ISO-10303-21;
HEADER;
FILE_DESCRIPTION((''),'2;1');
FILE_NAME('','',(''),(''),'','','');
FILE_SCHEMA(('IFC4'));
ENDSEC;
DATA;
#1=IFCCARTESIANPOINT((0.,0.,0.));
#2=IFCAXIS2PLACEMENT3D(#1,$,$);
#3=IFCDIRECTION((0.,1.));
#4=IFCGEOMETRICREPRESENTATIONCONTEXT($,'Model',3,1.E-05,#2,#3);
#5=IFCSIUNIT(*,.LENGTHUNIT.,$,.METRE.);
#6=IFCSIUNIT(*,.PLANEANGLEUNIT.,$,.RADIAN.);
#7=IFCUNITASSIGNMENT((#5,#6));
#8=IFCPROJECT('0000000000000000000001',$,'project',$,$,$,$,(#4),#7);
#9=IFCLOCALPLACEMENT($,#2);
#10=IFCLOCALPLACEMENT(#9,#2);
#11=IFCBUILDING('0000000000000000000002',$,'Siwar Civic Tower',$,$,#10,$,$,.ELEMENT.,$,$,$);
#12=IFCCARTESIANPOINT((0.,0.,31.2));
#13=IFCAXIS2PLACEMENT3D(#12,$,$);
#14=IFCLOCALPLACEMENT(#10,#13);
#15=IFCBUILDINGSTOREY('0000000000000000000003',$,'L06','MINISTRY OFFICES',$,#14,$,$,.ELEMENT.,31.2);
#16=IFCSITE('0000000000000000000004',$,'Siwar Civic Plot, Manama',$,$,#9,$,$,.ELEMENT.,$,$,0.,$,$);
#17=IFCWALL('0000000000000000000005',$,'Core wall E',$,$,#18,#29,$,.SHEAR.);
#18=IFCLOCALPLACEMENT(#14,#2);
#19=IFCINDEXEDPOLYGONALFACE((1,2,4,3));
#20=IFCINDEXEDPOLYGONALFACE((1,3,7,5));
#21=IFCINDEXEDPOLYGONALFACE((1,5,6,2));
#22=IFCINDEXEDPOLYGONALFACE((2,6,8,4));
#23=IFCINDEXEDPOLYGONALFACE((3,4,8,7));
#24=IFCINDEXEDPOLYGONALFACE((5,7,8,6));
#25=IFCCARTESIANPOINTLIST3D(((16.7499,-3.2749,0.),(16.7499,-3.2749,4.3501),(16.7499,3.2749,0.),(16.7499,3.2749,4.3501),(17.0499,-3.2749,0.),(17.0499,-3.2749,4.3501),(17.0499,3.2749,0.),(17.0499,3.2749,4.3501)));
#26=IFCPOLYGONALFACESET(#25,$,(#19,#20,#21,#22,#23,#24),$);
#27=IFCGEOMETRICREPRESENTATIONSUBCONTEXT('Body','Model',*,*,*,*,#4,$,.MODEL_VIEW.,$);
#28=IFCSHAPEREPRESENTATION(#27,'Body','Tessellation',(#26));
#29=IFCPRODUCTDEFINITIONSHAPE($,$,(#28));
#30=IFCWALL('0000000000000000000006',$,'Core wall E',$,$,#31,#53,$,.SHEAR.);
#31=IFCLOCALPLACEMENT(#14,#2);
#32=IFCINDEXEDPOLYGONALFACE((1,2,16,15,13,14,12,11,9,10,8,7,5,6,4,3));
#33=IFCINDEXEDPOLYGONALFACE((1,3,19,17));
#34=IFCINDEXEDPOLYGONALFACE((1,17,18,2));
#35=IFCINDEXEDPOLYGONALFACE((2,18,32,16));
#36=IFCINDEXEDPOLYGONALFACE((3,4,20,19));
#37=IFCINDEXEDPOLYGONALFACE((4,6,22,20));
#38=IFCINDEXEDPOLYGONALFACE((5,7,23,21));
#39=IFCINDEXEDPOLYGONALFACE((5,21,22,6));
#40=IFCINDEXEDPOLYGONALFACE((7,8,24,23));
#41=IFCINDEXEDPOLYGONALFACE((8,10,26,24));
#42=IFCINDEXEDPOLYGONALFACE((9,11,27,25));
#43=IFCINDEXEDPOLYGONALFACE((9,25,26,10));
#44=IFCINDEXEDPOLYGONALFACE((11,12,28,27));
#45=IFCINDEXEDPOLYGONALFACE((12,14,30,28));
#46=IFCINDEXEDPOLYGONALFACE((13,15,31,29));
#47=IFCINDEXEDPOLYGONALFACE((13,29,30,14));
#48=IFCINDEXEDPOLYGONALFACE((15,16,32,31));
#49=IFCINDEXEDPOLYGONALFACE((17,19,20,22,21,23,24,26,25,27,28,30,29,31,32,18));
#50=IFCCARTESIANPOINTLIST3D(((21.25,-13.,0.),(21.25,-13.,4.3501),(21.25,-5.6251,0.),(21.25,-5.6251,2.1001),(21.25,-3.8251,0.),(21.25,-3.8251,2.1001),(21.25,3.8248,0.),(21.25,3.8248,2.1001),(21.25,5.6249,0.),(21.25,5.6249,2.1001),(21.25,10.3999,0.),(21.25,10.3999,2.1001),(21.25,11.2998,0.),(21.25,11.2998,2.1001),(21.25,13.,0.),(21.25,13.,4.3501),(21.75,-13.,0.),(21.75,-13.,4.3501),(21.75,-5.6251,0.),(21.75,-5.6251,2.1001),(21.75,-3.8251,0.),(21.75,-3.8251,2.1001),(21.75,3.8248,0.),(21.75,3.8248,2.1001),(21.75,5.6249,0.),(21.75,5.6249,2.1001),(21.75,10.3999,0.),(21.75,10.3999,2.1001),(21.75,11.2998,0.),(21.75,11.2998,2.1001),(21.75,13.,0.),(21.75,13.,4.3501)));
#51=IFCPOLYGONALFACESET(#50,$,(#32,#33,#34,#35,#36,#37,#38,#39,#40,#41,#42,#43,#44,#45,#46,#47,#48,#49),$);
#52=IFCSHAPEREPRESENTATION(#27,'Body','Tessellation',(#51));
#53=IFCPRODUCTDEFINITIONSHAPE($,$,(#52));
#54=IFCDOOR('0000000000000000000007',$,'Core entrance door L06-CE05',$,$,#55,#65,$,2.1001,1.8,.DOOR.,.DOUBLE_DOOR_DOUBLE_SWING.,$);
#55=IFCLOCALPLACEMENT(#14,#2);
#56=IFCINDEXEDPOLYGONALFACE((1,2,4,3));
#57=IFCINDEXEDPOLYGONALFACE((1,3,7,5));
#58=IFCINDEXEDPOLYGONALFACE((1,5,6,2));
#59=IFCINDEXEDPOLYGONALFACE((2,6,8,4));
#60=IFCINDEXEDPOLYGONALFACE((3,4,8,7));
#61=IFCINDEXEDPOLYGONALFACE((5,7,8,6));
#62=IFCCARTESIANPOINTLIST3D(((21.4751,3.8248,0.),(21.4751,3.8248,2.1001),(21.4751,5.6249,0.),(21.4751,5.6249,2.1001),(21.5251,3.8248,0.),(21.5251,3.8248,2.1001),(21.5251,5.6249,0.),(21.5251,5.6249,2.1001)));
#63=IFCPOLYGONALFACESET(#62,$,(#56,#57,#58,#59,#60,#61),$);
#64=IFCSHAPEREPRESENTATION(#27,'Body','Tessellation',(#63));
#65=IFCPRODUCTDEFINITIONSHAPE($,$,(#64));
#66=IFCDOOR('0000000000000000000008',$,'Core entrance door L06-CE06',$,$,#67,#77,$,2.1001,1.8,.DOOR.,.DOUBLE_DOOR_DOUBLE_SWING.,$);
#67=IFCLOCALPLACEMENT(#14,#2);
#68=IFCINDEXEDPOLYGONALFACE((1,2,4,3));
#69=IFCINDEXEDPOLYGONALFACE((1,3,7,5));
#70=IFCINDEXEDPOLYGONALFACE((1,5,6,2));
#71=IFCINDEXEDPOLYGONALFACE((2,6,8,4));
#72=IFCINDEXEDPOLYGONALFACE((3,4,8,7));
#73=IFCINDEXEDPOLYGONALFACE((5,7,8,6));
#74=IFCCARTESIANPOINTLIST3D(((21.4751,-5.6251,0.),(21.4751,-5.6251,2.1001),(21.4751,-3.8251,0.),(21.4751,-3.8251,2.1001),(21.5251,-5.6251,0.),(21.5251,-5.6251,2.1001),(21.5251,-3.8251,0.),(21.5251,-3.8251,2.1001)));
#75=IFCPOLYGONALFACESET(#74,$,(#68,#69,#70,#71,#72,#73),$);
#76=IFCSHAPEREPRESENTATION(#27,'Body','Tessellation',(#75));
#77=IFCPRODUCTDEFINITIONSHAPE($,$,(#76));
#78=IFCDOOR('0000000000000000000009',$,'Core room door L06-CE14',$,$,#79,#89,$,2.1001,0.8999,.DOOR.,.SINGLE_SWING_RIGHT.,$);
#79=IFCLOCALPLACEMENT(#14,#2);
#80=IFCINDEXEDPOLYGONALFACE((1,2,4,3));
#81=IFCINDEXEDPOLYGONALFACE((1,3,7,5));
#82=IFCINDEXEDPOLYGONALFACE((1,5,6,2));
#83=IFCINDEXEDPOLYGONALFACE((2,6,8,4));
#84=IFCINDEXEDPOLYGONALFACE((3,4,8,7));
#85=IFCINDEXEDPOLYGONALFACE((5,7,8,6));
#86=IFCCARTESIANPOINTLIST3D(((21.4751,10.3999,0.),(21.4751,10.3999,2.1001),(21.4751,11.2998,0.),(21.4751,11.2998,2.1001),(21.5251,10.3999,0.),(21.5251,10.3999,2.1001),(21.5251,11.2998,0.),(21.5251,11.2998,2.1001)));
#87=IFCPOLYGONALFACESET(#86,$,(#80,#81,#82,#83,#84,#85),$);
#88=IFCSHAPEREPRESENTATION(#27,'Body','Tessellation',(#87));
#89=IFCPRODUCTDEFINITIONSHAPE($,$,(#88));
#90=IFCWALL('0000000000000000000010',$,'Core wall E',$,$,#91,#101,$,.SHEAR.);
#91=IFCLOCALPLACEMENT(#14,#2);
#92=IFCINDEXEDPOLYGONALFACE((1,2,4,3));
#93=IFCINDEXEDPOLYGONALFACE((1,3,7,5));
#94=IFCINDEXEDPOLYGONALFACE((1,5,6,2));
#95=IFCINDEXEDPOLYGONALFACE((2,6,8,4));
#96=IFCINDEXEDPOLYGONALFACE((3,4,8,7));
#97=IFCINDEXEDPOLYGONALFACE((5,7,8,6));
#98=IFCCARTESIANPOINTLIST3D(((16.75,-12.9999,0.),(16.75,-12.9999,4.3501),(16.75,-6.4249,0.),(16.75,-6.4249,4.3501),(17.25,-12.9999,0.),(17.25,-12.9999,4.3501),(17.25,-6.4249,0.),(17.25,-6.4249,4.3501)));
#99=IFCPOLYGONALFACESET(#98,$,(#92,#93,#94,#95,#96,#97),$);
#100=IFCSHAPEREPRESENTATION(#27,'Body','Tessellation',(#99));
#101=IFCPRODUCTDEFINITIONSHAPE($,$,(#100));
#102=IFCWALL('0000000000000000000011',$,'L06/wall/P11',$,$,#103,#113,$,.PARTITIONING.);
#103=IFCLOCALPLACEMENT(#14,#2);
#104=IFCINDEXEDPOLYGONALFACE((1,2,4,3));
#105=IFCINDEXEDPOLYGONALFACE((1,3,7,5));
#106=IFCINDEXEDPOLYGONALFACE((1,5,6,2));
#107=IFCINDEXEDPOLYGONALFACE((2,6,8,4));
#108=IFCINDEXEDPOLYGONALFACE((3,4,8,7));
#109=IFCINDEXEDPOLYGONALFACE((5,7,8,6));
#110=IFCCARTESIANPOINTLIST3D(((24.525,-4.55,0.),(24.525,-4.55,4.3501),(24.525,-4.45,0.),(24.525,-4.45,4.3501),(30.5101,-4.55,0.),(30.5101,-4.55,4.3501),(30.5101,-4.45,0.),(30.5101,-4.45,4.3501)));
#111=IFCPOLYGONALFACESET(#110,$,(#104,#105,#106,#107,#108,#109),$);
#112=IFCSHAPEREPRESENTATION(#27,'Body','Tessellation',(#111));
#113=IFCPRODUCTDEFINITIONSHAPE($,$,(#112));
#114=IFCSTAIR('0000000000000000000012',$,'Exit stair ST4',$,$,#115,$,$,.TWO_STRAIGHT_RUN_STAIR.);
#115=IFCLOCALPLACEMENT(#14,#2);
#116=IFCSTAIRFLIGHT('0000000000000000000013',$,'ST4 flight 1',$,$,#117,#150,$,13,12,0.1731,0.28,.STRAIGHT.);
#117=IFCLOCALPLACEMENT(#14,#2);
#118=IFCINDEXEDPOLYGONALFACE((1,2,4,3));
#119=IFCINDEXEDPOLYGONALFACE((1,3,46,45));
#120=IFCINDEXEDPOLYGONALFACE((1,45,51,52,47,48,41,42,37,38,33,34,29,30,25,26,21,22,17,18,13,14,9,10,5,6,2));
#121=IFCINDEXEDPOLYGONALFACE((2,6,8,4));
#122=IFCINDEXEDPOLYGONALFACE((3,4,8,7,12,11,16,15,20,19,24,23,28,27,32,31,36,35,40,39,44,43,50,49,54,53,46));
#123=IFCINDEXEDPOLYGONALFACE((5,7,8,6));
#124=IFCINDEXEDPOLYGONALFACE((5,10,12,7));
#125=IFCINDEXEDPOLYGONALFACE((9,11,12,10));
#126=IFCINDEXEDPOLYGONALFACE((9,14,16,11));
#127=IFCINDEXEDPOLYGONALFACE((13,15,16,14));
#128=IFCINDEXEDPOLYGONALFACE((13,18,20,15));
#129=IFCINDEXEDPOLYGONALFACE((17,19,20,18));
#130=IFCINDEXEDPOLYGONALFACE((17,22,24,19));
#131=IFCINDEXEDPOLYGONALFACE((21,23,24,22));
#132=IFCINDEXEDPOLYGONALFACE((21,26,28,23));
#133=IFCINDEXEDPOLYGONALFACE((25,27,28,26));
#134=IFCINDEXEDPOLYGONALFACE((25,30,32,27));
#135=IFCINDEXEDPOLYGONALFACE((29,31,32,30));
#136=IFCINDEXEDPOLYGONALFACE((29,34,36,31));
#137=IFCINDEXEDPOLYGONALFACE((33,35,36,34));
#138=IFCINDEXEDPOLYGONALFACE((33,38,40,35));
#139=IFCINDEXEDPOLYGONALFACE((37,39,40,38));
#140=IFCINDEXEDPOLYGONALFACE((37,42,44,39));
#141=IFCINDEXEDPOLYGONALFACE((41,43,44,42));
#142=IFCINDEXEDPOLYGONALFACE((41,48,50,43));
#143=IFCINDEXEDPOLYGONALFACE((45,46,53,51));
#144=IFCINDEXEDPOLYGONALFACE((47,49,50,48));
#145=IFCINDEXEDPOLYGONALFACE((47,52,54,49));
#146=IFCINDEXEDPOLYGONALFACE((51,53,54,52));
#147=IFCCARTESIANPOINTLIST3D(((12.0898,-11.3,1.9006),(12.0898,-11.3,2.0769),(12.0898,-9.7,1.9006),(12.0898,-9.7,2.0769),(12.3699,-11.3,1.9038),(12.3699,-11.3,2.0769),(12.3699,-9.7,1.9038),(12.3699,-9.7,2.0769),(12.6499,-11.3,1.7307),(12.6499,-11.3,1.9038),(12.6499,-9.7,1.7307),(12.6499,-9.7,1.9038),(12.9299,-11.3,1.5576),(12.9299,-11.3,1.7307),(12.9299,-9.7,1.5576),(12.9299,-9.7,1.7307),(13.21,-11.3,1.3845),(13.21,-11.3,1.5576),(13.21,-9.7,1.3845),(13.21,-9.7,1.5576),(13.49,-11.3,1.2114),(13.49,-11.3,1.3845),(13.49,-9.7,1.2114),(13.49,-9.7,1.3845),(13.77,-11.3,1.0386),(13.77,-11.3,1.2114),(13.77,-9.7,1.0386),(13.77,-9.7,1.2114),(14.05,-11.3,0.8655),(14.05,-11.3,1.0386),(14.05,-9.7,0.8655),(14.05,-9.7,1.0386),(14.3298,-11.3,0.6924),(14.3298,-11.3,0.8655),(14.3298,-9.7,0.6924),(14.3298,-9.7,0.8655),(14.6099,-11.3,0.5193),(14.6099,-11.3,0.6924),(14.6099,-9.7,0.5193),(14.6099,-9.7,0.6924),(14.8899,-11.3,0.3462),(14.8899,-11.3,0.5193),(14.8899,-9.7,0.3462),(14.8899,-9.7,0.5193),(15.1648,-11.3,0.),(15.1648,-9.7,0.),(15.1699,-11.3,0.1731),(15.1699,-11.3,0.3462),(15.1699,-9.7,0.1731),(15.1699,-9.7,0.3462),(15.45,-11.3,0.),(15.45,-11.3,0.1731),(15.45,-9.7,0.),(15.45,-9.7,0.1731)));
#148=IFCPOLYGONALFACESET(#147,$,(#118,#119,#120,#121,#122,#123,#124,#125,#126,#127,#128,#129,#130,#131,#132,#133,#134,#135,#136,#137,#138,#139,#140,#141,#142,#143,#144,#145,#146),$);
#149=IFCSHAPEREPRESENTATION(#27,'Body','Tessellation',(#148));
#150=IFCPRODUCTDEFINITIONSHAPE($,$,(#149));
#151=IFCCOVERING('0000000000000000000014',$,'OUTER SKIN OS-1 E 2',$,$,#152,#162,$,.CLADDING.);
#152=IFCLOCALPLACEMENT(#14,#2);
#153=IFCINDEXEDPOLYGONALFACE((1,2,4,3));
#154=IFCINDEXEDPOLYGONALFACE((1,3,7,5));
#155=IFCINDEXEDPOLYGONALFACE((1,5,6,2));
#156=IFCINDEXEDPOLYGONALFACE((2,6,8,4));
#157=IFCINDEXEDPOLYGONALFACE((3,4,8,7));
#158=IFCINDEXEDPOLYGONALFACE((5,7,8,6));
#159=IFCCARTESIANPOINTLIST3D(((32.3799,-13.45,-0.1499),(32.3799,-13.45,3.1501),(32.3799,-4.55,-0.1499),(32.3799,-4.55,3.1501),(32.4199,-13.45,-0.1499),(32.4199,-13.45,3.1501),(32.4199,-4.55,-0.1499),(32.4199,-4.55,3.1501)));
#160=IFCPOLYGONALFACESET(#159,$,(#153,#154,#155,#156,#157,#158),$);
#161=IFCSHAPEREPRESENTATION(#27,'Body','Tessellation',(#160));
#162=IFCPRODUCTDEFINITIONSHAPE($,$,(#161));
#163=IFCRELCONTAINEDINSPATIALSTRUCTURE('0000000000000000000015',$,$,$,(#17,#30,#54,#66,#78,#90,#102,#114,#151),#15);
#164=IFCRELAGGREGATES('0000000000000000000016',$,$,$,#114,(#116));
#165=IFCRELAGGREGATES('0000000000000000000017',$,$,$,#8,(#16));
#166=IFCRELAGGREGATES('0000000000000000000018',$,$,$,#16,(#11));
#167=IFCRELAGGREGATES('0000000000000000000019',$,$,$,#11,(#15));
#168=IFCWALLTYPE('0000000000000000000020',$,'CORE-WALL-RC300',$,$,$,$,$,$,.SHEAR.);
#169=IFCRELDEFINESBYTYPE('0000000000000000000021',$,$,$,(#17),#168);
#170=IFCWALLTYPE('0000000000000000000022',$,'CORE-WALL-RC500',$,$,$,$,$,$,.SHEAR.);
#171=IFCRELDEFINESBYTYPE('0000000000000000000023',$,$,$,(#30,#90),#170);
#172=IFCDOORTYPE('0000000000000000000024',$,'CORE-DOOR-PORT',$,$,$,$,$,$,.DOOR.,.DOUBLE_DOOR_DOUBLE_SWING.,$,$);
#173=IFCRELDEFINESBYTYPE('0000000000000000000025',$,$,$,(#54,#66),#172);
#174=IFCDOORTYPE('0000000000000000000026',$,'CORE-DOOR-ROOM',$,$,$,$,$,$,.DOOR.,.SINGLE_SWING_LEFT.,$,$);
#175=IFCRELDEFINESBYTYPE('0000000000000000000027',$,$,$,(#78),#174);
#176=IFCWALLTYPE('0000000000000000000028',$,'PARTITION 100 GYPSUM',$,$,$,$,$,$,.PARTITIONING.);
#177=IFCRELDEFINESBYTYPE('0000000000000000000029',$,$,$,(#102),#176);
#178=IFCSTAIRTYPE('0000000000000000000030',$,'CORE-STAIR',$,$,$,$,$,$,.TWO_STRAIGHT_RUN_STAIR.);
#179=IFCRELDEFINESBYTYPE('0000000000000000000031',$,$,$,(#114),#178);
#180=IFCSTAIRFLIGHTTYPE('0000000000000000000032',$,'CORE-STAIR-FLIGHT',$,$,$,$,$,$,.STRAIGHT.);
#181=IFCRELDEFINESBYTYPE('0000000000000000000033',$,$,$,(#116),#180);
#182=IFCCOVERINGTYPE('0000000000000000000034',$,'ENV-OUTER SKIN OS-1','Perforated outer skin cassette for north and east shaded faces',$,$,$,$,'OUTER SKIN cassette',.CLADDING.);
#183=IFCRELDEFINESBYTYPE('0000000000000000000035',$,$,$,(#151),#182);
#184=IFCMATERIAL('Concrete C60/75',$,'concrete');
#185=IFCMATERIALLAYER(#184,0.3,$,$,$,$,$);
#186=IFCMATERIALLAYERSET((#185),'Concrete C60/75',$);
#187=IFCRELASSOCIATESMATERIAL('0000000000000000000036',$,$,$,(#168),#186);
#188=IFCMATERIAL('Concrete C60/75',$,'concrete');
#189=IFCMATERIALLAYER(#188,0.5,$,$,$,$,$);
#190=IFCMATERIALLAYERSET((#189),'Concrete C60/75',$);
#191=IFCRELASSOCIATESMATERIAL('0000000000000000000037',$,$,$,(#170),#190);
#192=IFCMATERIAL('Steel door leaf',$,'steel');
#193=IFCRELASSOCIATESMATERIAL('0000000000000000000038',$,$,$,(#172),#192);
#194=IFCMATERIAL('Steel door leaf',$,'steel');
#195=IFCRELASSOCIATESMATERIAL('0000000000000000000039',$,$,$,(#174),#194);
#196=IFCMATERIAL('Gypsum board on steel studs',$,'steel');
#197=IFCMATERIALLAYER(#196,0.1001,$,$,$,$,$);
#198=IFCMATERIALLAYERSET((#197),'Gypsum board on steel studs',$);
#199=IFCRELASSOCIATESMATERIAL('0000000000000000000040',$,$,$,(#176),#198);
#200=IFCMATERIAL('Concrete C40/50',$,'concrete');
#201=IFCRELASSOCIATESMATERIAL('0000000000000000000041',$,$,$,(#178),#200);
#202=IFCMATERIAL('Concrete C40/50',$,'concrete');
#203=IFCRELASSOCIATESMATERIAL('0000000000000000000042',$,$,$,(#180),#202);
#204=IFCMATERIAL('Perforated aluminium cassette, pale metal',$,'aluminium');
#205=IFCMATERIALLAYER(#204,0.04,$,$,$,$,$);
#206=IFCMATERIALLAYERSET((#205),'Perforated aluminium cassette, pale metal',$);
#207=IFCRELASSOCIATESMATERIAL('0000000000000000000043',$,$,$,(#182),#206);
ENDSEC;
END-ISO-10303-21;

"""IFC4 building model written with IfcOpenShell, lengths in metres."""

from ifc_helpers import new_model, si_unit, direction, frame, frame_2d, origin, origin_2d, place, context, subcontext, project, spatial, polyline, rectangle, outline, extrude, material, layer, layer_set, type_object, element, fill, aggregate, save


model = new_model("IFC4")

# Units and contexts
model_context = context("Model", 3, precision=1e-05, world=origin(), true_north=direction((0.0, 1.0)))
body_context = subcontext(model_context, "Body", "Model", "MODEL_VIEW")
ifc_project = project(units=[si_unit("LENGTHUNIT", "METRE"), si_unit("PLANEANGLEUNIT", "RADIAN")], contexts=[model_context])

# Site, building, storey
site_placement = place(None, origin())
site = spatial("IfcSite", under=ifc_project, at=site_placement, Name="Siwar Civic Plot, Manama", CompositionType="ELEMENT", RefElevation=0.0)
building_placement = place(site_placement, origin())
building = spatial("IfcBuilding", under=site, at=building_placement, Name="Siwar Civic Tower", CompositionType="ELEMENT")
storey_placement = place(building_placement, frame((0.0, 0.0, 31.2)))
storey = spatial("IfcBuildingStorey", under=building, at=storey_placement, Name="L06", Description="MINISTRY OFFICES", CompositionType="ELEMENT", Elevation=31.2)

# Wall
ifc_material_1 = material(Name="Concrete C60/75", Category="concrete")
ifc_layer_1 = layer(ifc_material_1, 0.3)
ifc_layer_set_1 = layer_set([ifc_layer_1], Name="Concrete C60/75")
wall_type_1 = type_object("IfcWallType", Name="CORE-WALL-RC300", PredefinedType="SHEAR", material=ifc_layer_set_1)
wall_1_placement = place(storey_placement, frame((16.8999, -3.2749, 0.0), z_axis=(0.0, 0.0, 1.0), x_axis=(0.0, 1.0, 0.0)))
element("IfcWall", 1, at=wall_1_placement, inside=storey, type_object=wall_type_1, Name="Core wall E", PredefinedType="SHEAR", context=body_context, shape_type="SweptSolid", body=[
    extrude(rectangle(XDim=6.5498, YDim=0.3, at=frame_2d((3.2749, 0.0))), origin(), (0.0, 0.0, 1.0), 4.3501),
])

# Wall, openings, doors
ifc_material_2 = material(Name="Concrete C60/75", Category="concrete")
ifc_layer_2 = layer(ifc_material_2, 0.5)
ifc_layer_set_2 = layer_set([ifc_layer_2], Name="Concrete C60/75")
wall_type_2 = type_object("IfcWallType", Name="CORE-WALL-RC500", PredefinedType="SHEAR", material=ifc_layer_set_2)
wall_2_placement = place(storey_placement, frame((21.5, -13.0, 0.0), z_axis=(0.0, 0.0, 1.0), x_axis=(0.0, 1.0, 0.0)))
wall_2 = element("IfcWall", 2, at=wall_2_placement, inside=storey, type_object=wall_type_2, Name="Core wall E", PredefinedType="SHEAR", context=body_context, shape_type="SweptSolid", body=[
    extrude(rectangle(XDim=26.0, YDim=0.5, at=frame_2d((13.0, 0.0))), origin(), (0.0, 0.0, 1.0), 4.3501),
])
opening_1_placement = place(wall_2_placement, frame((16.825, 0.0, 0.0)))
opening_1 = element("IfcOpeningElement", 3, at=opening_1_placement, cuts=wall_2, PredefinedType="OPENING", context=body_context, shape_type="SweptSolid", body=[
    extrude(rectangle(XDim=1.8, YDim=2.1001, at=frame_2d((0.8999, 1.05))), frame((0.0, 0.26, 0.0), z_axis=(0.0, -1.0, 0.0), x_axis=(1.0, 0.0, 0.0)), (0.0, 0.0, 1.0), 0.52),
])
opening_2_placement = place(wall_2_placement, frame((7.375, 0.0, 0.0)))
opening_2 = element("IfcOpeningElement", 4, at=opening_2_placement, cuts=wall_2, PredefinedType="OPENING", context=body_context, shape_type="SweptSolid", body=[
    extrude(rectangle(XDim=1.8, YDim=2.1001, at=frame_2d((0.8999, 1.05))), frame((0.0, 0.26, 0.0), z_axis=(0.0, -1.0, 0.0), x_axis=(1.0, 0.0, 0.0)), (0.0, 0.0, 1.0), 0.52),
])
opening_3_placement = place(wall_2_placement, frame((23.3999, 0.0, 0.0)))
opening_3 = element("IfcOpeningElement", 5, at=opening_3_placement, cuts=wall_2, PredefinedType="OPENING", context=body_context, shape_type="SweptSolid", body=[
    extrude(rectangle(XDim=0.8999, YDim=2.1001, at=frame_2d((0.45, 1.05))), frame((0.0, 0.26, 0.0), z_axis=(0.0, -1.0, 0.0), x_axis=(1.0, 0.0, 0.0)), (0.0, 0.0, 1.0), 0.52),
])
ifc_material_3 = material(Name="Steel door leaf", Category="steel")
door_type_1 = type_object("IfcDoorType", Name="CORE-DOOR-PORT", OperationType="DOUBLE_DOOR_DOUBLE_SWING", PredefinedType="DOOR", material=ifc_material_3)
door_1_placement = place(opening_1_placement, origin())
door_1 = element("IfcDoor", 6, at=door_1_placement, inside=storey, type_object=door_type_1, Name="Core entrance door L06-CE05", OperationType="DOUBLE_DOOR_DOUBLE_SWING", OverallHeight=2.1001, OverallWidth=1.8, PredefinedType="DOOR", context=body_context, shape_type="SweptSolid", body=[
    extrude(rectangle(XDim=1.8, YDim=2.1001, at=frame_2d((0.8999, 1.05))), frame((0.0, 0.0249, 0.0), z_axis=(0.0, -1.0, 0.0), x_axis=(1.0, 0.0, 0.0)), (0.0, 0.0, 1.0), 0.05),
])
fill(opening_1, door_1)
door_2_placement = place(opening_2_placement, origin())
door_2 = element("IfcDoor", 7, at=door_2_placement, inside=storey, type_object=door_type_1, Name="Core entrance door L06-CE06", OperationType="DOUBLE_DOOR_DOUBLE_SWING", OverallHeight=2.1001, OverallWidth=1.8, PredefinedType="DOOR", context=body_context, shape_type="SweptSolid", body=[
    extrude(rectangle(XDim=1.8, YDim=2.1001, at=frame_2d((0.8999, 1.05))), frame((0.0, 0.0249, 0.0), z_axis=(0.0, -1.0, 0.0), x_axis=(1.0, 0.0, 0.0)), (0.0, 0.0, 1.0), 0.05),
])
fill(opening_2, door_2)
ifc_material_4 = material(Name="Steel door leaf", Category="steel")
door_type_2 = type_object("IfcDoorType", Name="CORE-DOOR-ROOM", OperationType="SINGLE_SWING_LEFT", PredefinedType="DOOR", material=ifc_material_4)
door_3_placement = place(opening_3_placement, origin())
door_3 = element("IfcDoor", 8, at=door_3_placement, inside=storey, type_object=door_type_2, Name="Core room door L06-CE14", OperationType="SINGLE_SWING_RIGHT", OverallHeight=2.1001, OverallWidth=0.8999, PredefinedType="DOOR", context=body_context, shape_type="SweptSolid", body=[
    extrude(rectangle(XDim=0.8999, YDim=2.1001, at=frame_2d((0.45, 1.05))), frame((0.0, 0.0249, 0.0), z_axis=(0.0, -1.0, 0.0), x_axis=(1.0, 0.0, 0.0)), (0.0, 0.0, 1.0), 0.05),
])
fill(opening_3, door_3)

# Walls
wall_3_placement = place(storey_placement, frame((17.0, -13.0, 0.0), z_axis=(0.0, 0.0, 1.0), x_axis=(0.0, 1.0, 0.0)))
element("IfcWall", 9, at=wall_3_placement, inside=storey, type_object=wall_type_2, Name="Core wall E", PredefinedType="SHEAR", context=body_context, shape_type="SweptSolid", body=[
    extrude(rectangle(XDim=6.575, YDim=0.5, at=frame_2d((3.2876, 0.0))), origin(), (0.0, 0.0, 1.0), 4.3501),
])
ifc_material_5 = material(Name="Gypsum board on steel studs", Category="steel")
ifc_layer_3 = layer(ifc_material_5, 0.1001)
ifc_layer_set_3 = layer_set([ifc_layer_3], Name="Gypsum board on steel studs")
wall_type_3 = type_object("IfcWallType", Name="PARTITION 100 GYPSUM", PredefinedType="PARTITIONING", material=ifc_layer_set_3)
wall_4_placement = place(storey_placement, frame((24.5249, -4.5, 0.0), z_axis=(0.0, 0.0, 1.0), x_axis=(1.0, 0.0, 0.0)))
element("IfcWall", 10, at=wall_4_placement, inside=storey, type_object=wall_type_3, Name="L06/wall/P11", PredefinedType="PARTITIONING", context=body_context, shape_type="SweptSolid", body=[
    extrude(rectangle(XDim=5.9851, YDim=0.1001, at=frame_2d((2.9927, 0.0))), origin(), (0.0, 0.0, 1.0), 4.3501),
])

# Stair, stair flight
ifc_material_6 = material(Name="Concrete C40/50", Category="concrete")
stair_type = type_object("IfcStairType", Name="CORE-STAIR", PredefinedType="TWO_STRAIGHT_RUN_STAIR", material=ifc_material_6)
stair_placement = place(storey_placement, origin())
stair = element("IfcStair", 11, at=stair_placement, inside=storey, type_object=stair_type, Name="Exit stair ST4", PredefinedType="TWO_STRAIGHT_RUN_STAIR")
ifc_material_7 = material(Name="Concrete C40/50", Category="concrete")
stair_flight_type = type_object("IfcStairFlightType", Name="CORE-STAIR-FLIGHT", PredefinedType="STRAIGHT", material=ifc_material_7)
stair_flight_placement = place(storey_placement, frame((15.45, -10.5, 0.0), z_axis=(0.0, 0.0, 1.0), x_axis=(-1.0, 0.0, 0.0)))
stair_flight = element("IfcStairFlight", 12, at=stair_flight_placement, type_object=stair_flight_type, Name="ST4 flight 1", NumberOfRisers=13, NumberOfTreads=12, PredefinedType="STRAIGHT", RiserHeight=0.1731, TreadLength=0.28, context=body_context, shape_type="SweptSolid", body=[
    extrude(outline(polyline([(0.0, 0.0), (0.0, 0.1731), (0.28, 0.1731), (0.28, 0.3462), (0.5601, 0.3462), (0.5601, 0.5193), (0.8401, 0.5193), (0.8401, 0.6924), (1.1201, 0.6924), (1.1201, 0.8655), (1.3999, 0.8655), (1.3999, 1.0386), (1.6799, 1.0386), (1.6799, 1.2114), (1.96, 1.2114), (1.96, 1.3845), (2.24, 1.3845), (2.24, 1.5576), (2.52, 1.5576), (2.52, 1.7307), (2.8, 1.7307), (2.8, 1.9038), (3.0801, 1.9038), (3.0801, 2.0769), (3.3601, 2.0769), (3.3601, 2.25), (3.3601, 1.9006), (0.2852, 0.0), (0.0, 0.0)])), frame((0.0, 0.8, 0.0), z_axis=(0.0, -1.0, 0.0), x_axis=(1.0, 0.0, 0.0)), (0.0, 0.0, 1.0), 1.6001),
])
aggregate(stair, [stair_flight])

# Covering
ifc_material_8 = material(Name="Perforated aluminium cassette, pale metal", Category="aluminium")
ifc_layer_4 = layer(ifc_material_8, 0.04)
ifc_layer_set_4 = layer_set([ifc_layer_4], Name="Perforated aluminium cassette, pale metal")
covering_type = type_object("IfcCoveringType", Name="ENV-OUTER SKIN OS-1", Description="Perforated outer skin cassette for north and east shaded faces", ElementType="OUTER SKIN cassette", PredefinedType="CLADDING", material=ifc_layer_set_4)
covering_placement = place(storey_placement, frame((32.3999, -9.0, -0.1499), z_axis=(0.0, 0.0, 1.0), x_axis=(0.0, 1.0, 0.0)))
element("IfcCovering", 13, at=covering_placement, inside=storey, type_object=covering_type, Name="OUTER SKIN OS-1 E 2", PredefinedType="CLADDING", context=body_context, shape_type="SweptSolid", body=[
    extrude(rectangle(XDim=8.8999, YDim=0.04, at=origin_2d()), origin(), (0.0, 0.0, 1.0), 3.3),
])

save(model, "model.ifc")
